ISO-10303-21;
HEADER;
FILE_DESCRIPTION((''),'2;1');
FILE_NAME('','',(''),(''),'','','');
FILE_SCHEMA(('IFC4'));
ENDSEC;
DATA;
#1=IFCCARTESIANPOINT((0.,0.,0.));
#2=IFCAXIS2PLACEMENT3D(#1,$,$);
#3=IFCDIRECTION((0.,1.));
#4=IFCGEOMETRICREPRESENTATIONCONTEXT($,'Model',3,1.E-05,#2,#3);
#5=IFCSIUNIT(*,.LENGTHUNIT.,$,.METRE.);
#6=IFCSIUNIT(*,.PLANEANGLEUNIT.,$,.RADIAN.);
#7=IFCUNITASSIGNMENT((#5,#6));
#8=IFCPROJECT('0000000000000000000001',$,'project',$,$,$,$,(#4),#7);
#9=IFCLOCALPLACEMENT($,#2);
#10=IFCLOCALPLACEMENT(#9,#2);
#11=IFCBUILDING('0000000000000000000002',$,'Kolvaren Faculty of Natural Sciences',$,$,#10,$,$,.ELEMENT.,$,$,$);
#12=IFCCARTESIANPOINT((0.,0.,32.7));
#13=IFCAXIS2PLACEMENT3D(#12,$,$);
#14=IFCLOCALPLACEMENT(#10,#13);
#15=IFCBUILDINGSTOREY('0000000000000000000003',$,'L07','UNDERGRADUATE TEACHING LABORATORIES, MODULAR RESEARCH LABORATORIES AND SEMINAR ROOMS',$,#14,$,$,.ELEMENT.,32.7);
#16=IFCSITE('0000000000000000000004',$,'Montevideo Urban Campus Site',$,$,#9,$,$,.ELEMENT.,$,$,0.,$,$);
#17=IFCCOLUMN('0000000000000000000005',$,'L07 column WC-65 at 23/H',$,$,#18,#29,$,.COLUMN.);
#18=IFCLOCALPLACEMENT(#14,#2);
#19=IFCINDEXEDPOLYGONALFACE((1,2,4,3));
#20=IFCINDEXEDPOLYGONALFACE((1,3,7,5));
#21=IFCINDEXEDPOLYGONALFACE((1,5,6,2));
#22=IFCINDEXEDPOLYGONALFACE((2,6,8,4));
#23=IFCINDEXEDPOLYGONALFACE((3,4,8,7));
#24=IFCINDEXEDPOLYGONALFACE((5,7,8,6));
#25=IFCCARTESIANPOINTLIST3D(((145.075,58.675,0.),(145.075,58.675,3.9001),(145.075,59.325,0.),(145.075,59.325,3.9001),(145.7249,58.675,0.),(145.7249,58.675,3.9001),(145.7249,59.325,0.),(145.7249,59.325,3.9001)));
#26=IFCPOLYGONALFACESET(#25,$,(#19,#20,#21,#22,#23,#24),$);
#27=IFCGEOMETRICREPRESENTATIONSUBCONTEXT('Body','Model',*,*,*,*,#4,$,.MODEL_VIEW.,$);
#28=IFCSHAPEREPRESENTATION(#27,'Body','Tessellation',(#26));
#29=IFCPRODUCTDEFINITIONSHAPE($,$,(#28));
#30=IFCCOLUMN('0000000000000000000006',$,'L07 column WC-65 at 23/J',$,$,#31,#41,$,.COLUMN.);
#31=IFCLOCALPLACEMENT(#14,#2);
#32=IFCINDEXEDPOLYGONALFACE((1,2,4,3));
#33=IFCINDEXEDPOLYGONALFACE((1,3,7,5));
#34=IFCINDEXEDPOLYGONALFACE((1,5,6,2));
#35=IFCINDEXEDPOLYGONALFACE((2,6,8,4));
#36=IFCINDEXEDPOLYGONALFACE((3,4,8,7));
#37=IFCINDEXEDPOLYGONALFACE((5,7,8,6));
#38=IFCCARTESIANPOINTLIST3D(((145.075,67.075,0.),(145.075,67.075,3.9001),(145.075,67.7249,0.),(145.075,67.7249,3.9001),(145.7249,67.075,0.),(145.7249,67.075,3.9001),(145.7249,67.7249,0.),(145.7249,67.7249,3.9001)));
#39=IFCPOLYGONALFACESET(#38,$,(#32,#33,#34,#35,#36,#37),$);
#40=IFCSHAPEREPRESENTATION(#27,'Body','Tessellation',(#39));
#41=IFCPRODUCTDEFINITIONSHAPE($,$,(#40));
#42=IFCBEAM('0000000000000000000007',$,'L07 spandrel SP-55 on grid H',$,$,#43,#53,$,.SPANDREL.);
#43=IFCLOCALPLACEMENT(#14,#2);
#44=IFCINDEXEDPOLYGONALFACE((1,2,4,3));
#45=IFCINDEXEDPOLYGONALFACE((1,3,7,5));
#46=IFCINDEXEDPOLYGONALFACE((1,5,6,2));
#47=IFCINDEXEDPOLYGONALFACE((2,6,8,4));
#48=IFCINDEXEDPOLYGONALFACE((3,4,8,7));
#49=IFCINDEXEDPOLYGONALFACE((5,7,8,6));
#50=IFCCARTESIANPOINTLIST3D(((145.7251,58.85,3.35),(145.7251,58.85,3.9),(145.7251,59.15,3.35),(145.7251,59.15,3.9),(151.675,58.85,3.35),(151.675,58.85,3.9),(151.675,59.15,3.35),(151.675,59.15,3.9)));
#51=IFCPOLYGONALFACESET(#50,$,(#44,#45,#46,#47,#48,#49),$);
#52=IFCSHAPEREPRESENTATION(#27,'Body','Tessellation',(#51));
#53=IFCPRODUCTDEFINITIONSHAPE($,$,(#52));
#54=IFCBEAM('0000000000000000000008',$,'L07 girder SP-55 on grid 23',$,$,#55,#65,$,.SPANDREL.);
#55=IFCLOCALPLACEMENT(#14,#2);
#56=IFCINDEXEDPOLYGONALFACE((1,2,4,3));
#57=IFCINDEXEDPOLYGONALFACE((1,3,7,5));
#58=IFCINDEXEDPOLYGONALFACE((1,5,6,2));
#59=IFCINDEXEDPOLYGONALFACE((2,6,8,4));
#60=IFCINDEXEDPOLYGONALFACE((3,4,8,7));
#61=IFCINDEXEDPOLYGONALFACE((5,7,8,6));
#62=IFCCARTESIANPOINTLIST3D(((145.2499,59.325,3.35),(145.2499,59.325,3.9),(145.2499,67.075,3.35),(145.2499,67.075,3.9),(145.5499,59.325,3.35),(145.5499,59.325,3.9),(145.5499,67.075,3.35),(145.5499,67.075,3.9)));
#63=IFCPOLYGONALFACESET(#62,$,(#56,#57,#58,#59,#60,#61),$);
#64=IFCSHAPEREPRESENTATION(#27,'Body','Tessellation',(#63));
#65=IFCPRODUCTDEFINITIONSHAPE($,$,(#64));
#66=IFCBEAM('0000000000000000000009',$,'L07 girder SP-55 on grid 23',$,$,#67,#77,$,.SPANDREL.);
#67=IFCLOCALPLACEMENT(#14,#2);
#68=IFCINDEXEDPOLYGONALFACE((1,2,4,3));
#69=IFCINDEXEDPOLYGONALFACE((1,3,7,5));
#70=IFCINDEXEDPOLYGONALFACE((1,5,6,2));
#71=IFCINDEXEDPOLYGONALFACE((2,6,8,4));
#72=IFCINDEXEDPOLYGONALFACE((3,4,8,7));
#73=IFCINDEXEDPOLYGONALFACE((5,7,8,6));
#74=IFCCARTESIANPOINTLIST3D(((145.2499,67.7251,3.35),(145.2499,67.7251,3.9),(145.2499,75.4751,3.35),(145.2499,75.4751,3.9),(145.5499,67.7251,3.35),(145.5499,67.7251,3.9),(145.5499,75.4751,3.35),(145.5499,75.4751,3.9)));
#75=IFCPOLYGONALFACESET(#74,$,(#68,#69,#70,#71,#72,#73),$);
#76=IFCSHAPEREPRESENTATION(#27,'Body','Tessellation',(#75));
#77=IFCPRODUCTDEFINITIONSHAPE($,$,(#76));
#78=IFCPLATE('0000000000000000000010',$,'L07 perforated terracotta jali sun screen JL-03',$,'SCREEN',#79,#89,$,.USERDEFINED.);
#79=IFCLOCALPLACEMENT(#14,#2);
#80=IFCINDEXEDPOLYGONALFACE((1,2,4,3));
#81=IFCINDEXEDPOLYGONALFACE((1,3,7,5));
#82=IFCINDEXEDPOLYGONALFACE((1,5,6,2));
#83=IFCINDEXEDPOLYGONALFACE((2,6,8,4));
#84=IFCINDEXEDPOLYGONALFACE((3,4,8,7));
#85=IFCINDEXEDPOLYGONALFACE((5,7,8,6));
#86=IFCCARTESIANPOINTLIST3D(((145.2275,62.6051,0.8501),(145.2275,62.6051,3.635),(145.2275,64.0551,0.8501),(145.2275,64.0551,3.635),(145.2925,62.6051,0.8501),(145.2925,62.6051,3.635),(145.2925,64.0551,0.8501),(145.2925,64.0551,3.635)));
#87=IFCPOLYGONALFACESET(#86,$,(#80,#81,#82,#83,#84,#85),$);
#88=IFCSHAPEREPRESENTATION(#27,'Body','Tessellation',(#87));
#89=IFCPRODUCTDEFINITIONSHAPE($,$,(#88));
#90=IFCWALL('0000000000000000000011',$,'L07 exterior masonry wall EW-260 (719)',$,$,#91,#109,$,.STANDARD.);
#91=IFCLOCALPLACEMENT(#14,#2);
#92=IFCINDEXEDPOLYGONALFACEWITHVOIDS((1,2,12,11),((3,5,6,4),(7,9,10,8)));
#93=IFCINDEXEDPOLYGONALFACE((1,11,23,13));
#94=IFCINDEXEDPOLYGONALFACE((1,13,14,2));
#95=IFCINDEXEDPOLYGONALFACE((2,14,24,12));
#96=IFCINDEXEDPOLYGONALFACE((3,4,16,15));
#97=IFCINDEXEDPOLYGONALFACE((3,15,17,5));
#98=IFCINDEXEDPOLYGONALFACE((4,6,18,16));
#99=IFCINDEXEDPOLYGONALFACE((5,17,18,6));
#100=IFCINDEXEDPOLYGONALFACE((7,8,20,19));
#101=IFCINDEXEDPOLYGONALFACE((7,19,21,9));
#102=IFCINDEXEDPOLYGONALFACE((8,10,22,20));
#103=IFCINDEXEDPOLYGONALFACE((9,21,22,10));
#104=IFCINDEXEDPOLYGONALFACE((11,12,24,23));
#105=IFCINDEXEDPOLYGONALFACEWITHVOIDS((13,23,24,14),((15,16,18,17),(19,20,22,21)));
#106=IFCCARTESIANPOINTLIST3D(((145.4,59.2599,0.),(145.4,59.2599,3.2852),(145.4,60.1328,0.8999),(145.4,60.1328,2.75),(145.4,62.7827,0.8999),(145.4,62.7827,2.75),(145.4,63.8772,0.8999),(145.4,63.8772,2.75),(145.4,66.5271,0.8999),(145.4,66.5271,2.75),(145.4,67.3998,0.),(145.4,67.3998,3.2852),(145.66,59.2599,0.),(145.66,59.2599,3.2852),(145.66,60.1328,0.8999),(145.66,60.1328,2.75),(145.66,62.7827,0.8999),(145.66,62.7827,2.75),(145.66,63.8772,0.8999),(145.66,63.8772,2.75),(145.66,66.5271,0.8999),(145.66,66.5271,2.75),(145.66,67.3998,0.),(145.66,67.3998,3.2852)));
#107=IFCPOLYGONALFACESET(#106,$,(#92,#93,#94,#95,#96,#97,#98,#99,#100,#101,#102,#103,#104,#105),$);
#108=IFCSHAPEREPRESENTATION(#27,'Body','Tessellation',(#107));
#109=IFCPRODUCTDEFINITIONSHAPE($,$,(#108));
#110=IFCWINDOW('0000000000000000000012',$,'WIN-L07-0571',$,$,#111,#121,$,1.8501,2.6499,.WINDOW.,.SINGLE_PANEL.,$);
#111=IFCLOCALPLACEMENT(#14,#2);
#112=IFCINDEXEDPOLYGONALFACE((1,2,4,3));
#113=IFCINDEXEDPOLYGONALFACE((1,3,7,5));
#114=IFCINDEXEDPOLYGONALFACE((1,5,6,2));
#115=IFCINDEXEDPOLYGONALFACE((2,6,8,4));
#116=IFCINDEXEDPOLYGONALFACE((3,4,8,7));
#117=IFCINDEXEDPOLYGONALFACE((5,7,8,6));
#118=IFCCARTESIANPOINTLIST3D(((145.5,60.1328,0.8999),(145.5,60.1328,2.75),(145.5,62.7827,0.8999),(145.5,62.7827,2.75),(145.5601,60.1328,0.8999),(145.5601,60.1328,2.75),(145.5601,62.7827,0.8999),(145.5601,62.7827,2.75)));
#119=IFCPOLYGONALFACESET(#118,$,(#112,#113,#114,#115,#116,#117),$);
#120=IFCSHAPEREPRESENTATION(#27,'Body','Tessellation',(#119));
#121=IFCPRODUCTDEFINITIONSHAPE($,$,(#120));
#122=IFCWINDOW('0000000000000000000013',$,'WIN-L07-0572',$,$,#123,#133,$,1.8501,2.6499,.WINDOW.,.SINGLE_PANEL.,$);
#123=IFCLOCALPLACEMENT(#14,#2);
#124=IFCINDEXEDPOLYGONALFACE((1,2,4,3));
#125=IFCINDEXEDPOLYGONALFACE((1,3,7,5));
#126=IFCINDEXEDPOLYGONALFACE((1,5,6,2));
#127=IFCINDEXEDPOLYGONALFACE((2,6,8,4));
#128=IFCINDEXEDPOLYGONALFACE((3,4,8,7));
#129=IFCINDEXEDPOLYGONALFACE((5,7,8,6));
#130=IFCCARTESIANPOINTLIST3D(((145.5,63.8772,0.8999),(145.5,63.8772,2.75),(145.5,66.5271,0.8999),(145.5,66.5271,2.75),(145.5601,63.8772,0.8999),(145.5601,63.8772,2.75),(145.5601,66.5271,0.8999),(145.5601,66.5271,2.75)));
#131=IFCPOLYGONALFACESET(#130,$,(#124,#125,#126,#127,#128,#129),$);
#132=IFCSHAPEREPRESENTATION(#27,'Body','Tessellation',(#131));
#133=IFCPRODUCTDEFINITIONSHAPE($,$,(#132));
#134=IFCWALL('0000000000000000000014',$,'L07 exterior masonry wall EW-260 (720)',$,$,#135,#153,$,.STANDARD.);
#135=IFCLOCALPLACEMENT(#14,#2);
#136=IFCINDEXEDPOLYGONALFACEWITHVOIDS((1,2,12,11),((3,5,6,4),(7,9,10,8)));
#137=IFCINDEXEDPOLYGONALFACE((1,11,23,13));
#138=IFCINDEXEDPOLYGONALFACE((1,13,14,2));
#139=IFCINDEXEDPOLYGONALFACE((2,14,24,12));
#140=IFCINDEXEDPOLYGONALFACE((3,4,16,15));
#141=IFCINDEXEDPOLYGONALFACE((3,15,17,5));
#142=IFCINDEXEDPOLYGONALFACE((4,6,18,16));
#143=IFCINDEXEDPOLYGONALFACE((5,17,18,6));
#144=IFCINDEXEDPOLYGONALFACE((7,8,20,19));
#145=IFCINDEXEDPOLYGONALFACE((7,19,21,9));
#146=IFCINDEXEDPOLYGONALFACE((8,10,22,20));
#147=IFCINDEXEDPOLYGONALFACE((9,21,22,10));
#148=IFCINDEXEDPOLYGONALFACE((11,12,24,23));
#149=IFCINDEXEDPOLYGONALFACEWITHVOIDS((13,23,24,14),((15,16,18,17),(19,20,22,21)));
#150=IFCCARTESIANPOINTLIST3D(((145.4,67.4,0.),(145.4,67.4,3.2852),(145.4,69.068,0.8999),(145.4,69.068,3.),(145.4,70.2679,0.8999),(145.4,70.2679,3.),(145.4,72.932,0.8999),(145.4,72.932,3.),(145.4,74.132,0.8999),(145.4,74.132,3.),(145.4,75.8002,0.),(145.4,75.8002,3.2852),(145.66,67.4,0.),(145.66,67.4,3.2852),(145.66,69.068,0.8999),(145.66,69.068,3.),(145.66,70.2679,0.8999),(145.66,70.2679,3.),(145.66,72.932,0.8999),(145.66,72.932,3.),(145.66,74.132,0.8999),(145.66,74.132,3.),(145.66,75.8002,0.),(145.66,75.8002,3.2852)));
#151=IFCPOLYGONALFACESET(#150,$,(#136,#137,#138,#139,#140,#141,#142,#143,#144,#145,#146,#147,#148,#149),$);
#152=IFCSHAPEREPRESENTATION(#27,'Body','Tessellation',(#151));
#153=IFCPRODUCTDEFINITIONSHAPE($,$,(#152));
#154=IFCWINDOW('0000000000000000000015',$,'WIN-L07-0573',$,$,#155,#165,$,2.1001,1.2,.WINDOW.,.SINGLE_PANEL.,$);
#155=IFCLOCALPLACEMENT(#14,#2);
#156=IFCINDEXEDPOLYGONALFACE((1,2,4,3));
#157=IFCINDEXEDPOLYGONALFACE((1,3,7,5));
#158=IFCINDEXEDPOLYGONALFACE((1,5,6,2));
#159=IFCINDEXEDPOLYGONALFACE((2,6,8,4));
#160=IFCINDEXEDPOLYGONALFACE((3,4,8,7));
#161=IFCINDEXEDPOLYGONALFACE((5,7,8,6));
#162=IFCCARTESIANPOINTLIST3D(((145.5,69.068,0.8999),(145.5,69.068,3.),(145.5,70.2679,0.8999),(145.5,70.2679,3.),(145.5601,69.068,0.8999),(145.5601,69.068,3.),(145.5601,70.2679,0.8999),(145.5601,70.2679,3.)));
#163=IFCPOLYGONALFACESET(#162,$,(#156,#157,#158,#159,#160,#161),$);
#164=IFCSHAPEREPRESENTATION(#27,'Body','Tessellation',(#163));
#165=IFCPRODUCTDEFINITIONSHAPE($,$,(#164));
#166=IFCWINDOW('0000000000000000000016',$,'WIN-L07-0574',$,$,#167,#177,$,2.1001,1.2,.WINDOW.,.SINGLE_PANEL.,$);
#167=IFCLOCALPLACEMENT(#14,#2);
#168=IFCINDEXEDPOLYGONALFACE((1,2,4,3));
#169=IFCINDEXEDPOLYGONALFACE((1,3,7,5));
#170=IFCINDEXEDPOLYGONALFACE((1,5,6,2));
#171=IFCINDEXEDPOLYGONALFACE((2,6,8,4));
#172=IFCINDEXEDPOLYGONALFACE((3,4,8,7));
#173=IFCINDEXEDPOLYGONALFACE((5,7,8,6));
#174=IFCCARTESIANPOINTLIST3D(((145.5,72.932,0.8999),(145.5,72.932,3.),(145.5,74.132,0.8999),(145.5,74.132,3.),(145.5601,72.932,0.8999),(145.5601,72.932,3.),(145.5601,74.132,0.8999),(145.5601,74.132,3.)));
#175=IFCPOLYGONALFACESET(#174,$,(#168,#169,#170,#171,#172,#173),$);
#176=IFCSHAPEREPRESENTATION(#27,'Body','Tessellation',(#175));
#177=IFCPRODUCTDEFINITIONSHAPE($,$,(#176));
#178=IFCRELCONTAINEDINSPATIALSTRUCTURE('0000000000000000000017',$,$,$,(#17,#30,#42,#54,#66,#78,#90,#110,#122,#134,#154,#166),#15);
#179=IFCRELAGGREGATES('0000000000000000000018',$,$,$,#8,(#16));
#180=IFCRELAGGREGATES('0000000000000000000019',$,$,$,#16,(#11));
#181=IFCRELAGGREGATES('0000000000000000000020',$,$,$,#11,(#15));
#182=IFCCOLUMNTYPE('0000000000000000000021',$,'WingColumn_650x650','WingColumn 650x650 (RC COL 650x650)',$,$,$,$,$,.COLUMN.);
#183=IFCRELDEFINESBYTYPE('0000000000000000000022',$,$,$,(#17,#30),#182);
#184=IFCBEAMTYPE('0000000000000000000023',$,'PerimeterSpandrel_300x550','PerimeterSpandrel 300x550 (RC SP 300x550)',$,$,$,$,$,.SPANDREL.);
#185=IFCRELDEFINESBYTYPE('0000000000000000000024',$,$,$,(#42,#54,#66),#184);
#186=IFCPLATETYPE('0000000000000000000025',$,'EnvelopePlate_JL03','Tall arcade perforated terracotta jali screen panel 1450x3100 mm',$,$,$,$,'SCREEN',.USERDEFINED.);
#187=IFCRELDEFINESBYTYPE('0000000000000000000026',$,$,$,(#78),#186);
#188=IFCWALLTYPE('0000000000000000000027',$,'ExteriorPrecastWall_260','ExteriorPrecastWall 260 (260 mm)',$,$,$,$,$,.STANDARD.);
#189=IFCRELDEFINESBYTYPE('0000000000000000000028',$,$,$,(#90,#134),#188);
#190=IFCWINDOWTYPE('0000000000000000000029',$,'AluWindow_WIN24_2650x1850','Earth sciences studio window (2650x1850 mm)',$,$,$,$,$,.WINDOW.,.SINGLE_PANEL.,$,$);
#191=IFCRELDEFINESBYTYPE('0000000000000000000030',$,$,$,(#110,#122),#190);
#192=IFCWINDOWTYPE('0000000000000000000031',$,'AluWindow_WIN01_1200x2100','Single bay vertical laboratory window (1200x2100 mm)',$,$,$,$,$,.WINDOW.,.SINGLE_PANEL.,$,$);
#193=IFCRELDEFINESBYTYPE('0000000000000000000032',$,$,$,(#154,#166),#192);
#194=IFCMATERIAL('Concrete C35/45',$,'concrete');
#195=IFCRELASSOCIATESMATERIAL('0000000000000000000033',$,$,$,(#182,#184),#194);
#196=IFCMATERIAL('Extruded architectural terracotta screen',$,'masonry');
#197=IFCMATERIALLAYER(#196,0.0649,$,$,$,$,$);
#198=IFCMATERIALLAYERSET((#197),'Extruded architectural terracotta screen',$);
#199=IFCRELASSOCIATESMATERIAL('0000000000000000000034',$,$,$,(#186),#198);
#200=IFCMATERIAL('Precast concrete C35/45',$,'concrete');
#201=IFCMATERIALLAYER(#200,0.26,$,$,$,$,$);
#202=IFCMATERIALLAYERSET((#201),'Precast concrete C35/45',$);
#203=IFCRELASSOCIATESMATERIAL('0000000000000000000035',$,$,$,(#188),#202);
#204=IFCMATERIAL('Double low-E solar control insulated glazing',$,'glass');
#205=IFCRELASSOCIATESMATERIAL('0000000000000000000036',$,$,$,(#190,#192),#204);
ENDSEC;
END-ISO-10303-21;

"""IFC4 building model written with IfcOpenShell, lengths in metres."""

from ifc_helpers import new_model, si_unit, direction, frame, frame_2d, origin, origin_2d, place, context, subcontext, project, spatial, rectangle, extrude, material, layer, layer_set, material_profile, profile_set, type_object, element, fill, save


model = new_model("IFC4")

# Units and contexts
model_context = context("Model", 3, precision=1e-05, world=origin(), true_north=direction((0.0, 1.0)))
body_context = subcontext(model_context, "Body", "Model", "MODEL_VIEW")
ifc_project = project(units=[si_unit("LENGTHUNIT", "METRE"), si_unit("PLANEANGLEUNIT", "RADIAN")], contexts=[model_context])

# Site, building, storey
site_placement = place(None, origin())
site = spatial("IfcSite", under=ifc_project, at=site_placement, Name="Montevideo Urban Campus Site", CompositionType="ELEMENT", RefElevation=0.0)
building_placement = place(site_placement, origin())
building = spatial("IfcBuilding", under=site, at=building_placement, Name="Kolvaren Faculty of Natural Sciences", CompositionType="ELEMENT")
storey_placement = place(building_placement, frame((0.0, 0.0, 32.7)))
storey = spatial("IfcBuildingStorey", under=building, at=storey_placement, Name="L07", Description="UNDERGRADUATE TEACHING LABORATORIES, MODULAR RESEARCH LABORATORIES AND SEMINAR ROOMS", CompositionType="ELEMENT", Elevation=32.7)

# Columns
ifc_material_1 = material(Name="Concrete C35/45", Category="concrete")
ifc_material_profile_1 = material_profile(ifc_material_1, rectangle(XDim=0.6499, YDim=0.6499, at=origin_2d()), Name="RC COL 650x650")
ifc_profile_set_1 = profile_set([ifc_material_profile_1], Name="Concrete C35/45")
column_type = type_object("IfcColumnType", Name="WingColumn_650x650", Description="WingColumn 650x650 (RC COL 650x650)", PredefinedType="COLUMN", material=ifc_profile_set_1)
for number, where, z_axis, x_axis, name in (
    (1, (145.3999, 59.0, 0.0), (0.0, 0.0, 1.0), (1.0, 0.0, 0.0), "L07 column WC-65 at 23/H"),
    (2, (145.3999, 67.3999, 0.0), (0.0, 0.0, 1.0), (1.0, 0.0, 0.0), "L07 column WC-65 at 23/J"),
):
    element("IfcColumn", number, at=place(storey_placement, frame(where, z_axis=z_axis, x_axis=x_axis)), inside=storey, type_object=column_type, Name=name, PredefinedType="COLUMN", context=body_context, shape_type="SweptSolid", body=[
        extrude(rectangle(XDim=0.6499, YDim=0.6499, at=origin_2d()), origin(), (0.0, 0.0, 1.0), 3.9001),
    ])

# Beams
ifc_material_profile_2 = material_profile(ifc_material_1, rectangle(XDim=0.3, YDim=0.55, at=origin_2d()), Name="RC SP 300x550")
ifc_profile_set_2 = profile_set([ifc_material_profile_2], Name="Concrete C35/45")
beam_type = type_object("IfcBeamType", Name="PerimeterSpandrel_300x550", Description="PerimeterSpandrel 300x550 (RC SP 300x550)", PredefinedType="SPANDREL", material=ifc_profile_set_2)
beam_placement = place(storey_placement, frame((145.7251, 59.0, 3.625), z_axis=(1.0, 0.0, 0.0), x_axis=(0.0, 1.0, 0.0)))
element("IfcBeam", 3, at=beam_placement, inside=storey, type_object=beam_type, Name="L07 spandrel SP-55 on grid H", PredefinedType="SPANDREL", context=body_context, shape_type="SweptSolid", body=[
    extrude(rectangle(XDim=0.3, YDim=0.55, at=origin_2d()), origin(), (0.0, 0.0, 1.0), 5.95),
])
for number, where, z_axis, x_axis, name in (
    (4, (145.3999, 59.325, 3.625), (0.0, 1.0, 0.0), (-1.0, 0.0, 0.0), "L07 girder SP-55 on grid 23"),
    (5, (145.3999, 67.7251, 3.625), (0.0, 1.0, 0.0), (-1.0, 0.0, 0.0), "L07 girder SP-55 on grid 23"),
):
    element("IfcBeam", number, at=place(storey_placement, frame(where, z_axis=z_axis, x_axis=x_axis)), inside=storey, type_object=beam_type, Name=name, PredefinedType="SPANDREL", context=body_context, shape_type="SweptSolid", body=[
        extrude(rectangle(XDim=0.3, YDim=0.55, at=origin_2d()), origin(), (0.0, 0.0, 1.0), 7.75),
    ])

# Plate
ifc_material_2 = material(Name="Extruded architectural terracotta screen", Category="masonry")
ifc_layer_1 = layer(ifc_material_2, 0.0649)
ifc_layer_set_1 = layer_set([ifc_layer_1], Name="Extruded architectural terracotta screen")
plate_type = type_object("IfcPlateType", Name="EnvelopePlate_JL03", Description="Tall arcade perforated terracotta jali screen panel 1450x3100 mm", ElementType="SCREEN", PredefinedType="USERDEFINED", material=ifc_layer_set_1)
plate_placement = place(storey_placement, frame((145.26, 63.3301, 0.8501), z_axis=(0.0, 0.0, 1.0), x_axis=(0.0, 1.0, 0.0)))
element("IfcPlate", 6, at=plate_placement, inside=storey, type_object=plate_type, Name="L07 perforated terracotta jali sun screen JL-03", ObjectType="SCREEN", PredefinedType="USERDEFINED", context=body_context, shape_type="SweptSolid", body=[
    extrude(rectangle(XDim=1.45, YDim=0.0649, at=origin_2d()), origin(), (0.0, 0.0, 1.0), 2.7849),
])

# Walls, openings, windows
ifc_material_3 = material(Name="Precast concrete C35/45", Category="concrete")
ifc_layer_2 = layer(ifc_material_3, 0.26)
ifc_layer_set_2 = layer_set([ifc_layer_2], Name="Precast concrete C35/45")
wall_type = type_object("IfcWallType", Name="ExteriorPrecastWall_260", Description="ExteriorPrecastWall 260 (260 mm)", PredefinedType="STANDARD", material=ifc_layer_set_2)
wall_1_placement = place(storey_placement, frame((145.53, 59.26, 0.0), z_axis=(0.0, 0.0, 1.0), x_axis=(0.0, 1.0, 0.0)))
wall_1 = element("IfcWall", 7, at=wall_1_placement, inside=storey, type_object=wall_type, Name="L07 exterior masonry wall EW-260 (719)", PredefinedType="STANDARD", context=body_context, shape_type="SweptSolid", body=[
    extrude(rectangle(XDim=8.1399, YDim=0.26, at=frame_2d((4.0698, 0.0))), origin(), (0.0, 0.0, 1.0), 3.2852),
])
opening_1_placement = place(wall_1_placement, frame((0.8728, 0.0, 0.8999)))
opening_1 = element("IfcOpeningElement", 8, at=opening_1_placement, cuts=wall_1, PredefinedType="OPENING", context=body_context, shape_type="SweptSolid", body=[
    extrude(rectangle(XDim=2.6499, YDim=1.8501, at=frame_2d((1.325, 0.925))), frame((0.0, 0.1399, 0.0), z_axis=(0.0, -1.0, 0.0), x_axis=(1.0, 0.0, 0.0)), (0.0, 0.0, 1.0), 0.28),
])
opening_2_placement = place(wall_1_placement, frame((4.6172, 0.0, 0.8999)))
opening_2 = element("IfcOpeningElement", 9, at=opening_2_placement, cuts=wall_1, PredefinedType="OPENING", context=body_context, shape_type="SweptSolid", body=[
    extrude(rectangle(XDim=2.6499, YDim=1.8501, at=frame_2d((1.325, 0.925))), frame((0.0, 0.1399, 0.0), z_axis=(0.0, -1.0, 0.0), x_axis=(1.0, 0.0, 0.0)), (0.0, 0.0, 1.0), 0.28),
])
ifc_material_4 = material(Name="Double low-E solar control insulated glazing", Category="glass")
window_type_1 = type_object("IfcWindowType", Name="AluWindow_WIN24_2650x1850", Description="Earth sciences studio window (2650x1850 mm)", PartitioningType="SINGLE_PANEL", PredefinedType="WINDOW", material=ifc_material_4)
window_1_placement = place(opening_1_placement, origin())
window_1 = element("IfcWindow", 10, at=window_1_placement, inside=storey, type_object=window_type_1, Name="WIN-L07-0571", OverallHeight=1.8501, OverallWidth=2.6499, PartitioningType="SINGLE_PANEL", PredefinedType="WINDOW", context=body_context, shape_type="SweptSolid", body=[
    extrude(rectangle(XDim=2.6499, YDim=1.8501, at=frame_2d((1.325, 0.925))), frame((0.0, 0.03, 0.0), z_axis=(0.0, -1.0, 0.0), x_axis=(1.0, 0.0, 0.0)), (0.0, 0.0, 1.0), 0.0601),
])
fill(opening_1, window_1)
window_2_placement = place(opening_2_placement, origin())
window_2 = element("IfcWindow", 11, at=window_2_placement, inside=storey, type_object=window_type_1, Name="WIN-L07-0572", OverallHeight=1.8501, OverallWidth=2.6499, PartitioningType="SINGLE_PANEL", PredefinedType="WINDOW", context=body_context, shape_type="SweptSolid", body=[
    extrude(rectangle(XDim=2.6499, YDim=1.8501, at=frame_2d((1.325, 0.925))), frame((0.0, 0.03, 0.0), z_axis=(0.0, -1.0, 0.0), x_axis=(1.0, 0.0, 0.0)), (0.0, 0.0, 1.0), 0.0601),
])
fill(opening_2, window_2)
wall_2_placement = place(storey_placement, frame((145.53, 67.3999, 0.0), z_axis=(0.0, 0.0, 1.0), x_axis=(0.0, 1.0, 0.0)))
wall_2 = element("IfcWall", 12, at=wall_2_placement, inside=storey, type_object=wall_type, Name="L07 exterior masonry wall EW-260 (720)", PredefinedType="STANDARD", context=body_context, shape_type="SweptSolid", body=[
    extrude(rectangle(XDim=8.4001, YDim=0.26, at=frame_2d((4.2002, 0.0))), origin(), (0.0, 0.0, 1.0), 3.2852),
])
opening_3_placement = place(wall_2_placement, frame((1.668, 0.0, 0.8999)))
opening_3 = element("IfcOpeningElement", 13, at=opening_3_placement, cuts=wall_2, PredefinedType="OPENING", context=body_context, shape_type="SweptSolid", body=[
    extrude(rectangle(XDim=1.2, YDim=2.1001, at=frame_2d((0.6001, 1.05))), frame((0.0, 0.1399, 0.0), z_axis=(0.0, -1.0, 0.0), x_axis=(1.0, 0.0, 0.0)), (0.0, 0.0, 1.0), 0.28),
])
opening_4_placement = place(wall_2_placement, frame((5.532, 0.0, 0.8999)))
opening_4 = element("IfcOpeningElement", 14, at=opening_4_placement, cuts=wall_2, PredefinedType="OPENING", context=body_context, shape_type="SweptSolid", body=[
    extrude(rectangle(XDim=1.2, YDim=2.1001, at=frame_2d((0.6001, 1.05))), frame((0.0, 0.1399, 0.0), z_axis=(0.0, -1.0, 0.0), x_axis=(1.0, 0.0, 0.0)), (0.0, 0.0, 1.0), 0.28),
])
window_type_2 = type_object("IfcWindowType", Name="AluWindow_WIN01_1200x2100", Description="Single bay vertical laboratory window (1200x2100 mm)", PartitioningType="SINGLE_PANEL", PredefinedType="WINDOW", material=ifc_material_4)
window_3_placement = place(opening_3_placement, origin())
window_3 = element("IfcWindow", 15, at=window_3_placement, inside=storey, type_object=window_type_2, Name="WIN-L07-0573", OverallHeight=2.1001, OverallWidth=1.2, PartitioningType="SINGLE_PANEL", PredefinedType="WINDOW", context=body_context, shape_type="SweptSolid", body=[
    extrude(rectangle(XDim=1.2, YDim=2.1001, at=frame_2d((0.6001, 1.05))), frame((0.0, 0.03, 0.0), z_axis=(0.0, -1.0, 0.0), x_axis=(1.0, 0.0, 0.0)), (0.0, 0.0, 1.0), 0.0601),
])
fill(opening_3, window_3)
window_4_placement = place(opening_4_placement, origin())
window_4 = element("IfcWindow", 16, at=window_4_placement, inside=storey, type_object=window_type_2, Name="WIN-L07-0574", OverallHeight=2.1001, OverallWidth=1.2, PartitioningType="SINGLE_PANEL", PredefinedType="WINDOW", context=body_context, shape_type="SweptSolid", body=[
    extrude(rectangle(XDim=1.2, YDim=2.1001, at=frame_2d((0.6001, 1.05))), frame((0.0, 0.03, 0.0), z_axis=(0.0, -1.0, 0.0), x_axis=(1.0, 0.0, 0.0)), (0.0, 0.0, 1.0), 0.0601),
])
fill(opening_4, window_4)

save(model, "model.ifc")
